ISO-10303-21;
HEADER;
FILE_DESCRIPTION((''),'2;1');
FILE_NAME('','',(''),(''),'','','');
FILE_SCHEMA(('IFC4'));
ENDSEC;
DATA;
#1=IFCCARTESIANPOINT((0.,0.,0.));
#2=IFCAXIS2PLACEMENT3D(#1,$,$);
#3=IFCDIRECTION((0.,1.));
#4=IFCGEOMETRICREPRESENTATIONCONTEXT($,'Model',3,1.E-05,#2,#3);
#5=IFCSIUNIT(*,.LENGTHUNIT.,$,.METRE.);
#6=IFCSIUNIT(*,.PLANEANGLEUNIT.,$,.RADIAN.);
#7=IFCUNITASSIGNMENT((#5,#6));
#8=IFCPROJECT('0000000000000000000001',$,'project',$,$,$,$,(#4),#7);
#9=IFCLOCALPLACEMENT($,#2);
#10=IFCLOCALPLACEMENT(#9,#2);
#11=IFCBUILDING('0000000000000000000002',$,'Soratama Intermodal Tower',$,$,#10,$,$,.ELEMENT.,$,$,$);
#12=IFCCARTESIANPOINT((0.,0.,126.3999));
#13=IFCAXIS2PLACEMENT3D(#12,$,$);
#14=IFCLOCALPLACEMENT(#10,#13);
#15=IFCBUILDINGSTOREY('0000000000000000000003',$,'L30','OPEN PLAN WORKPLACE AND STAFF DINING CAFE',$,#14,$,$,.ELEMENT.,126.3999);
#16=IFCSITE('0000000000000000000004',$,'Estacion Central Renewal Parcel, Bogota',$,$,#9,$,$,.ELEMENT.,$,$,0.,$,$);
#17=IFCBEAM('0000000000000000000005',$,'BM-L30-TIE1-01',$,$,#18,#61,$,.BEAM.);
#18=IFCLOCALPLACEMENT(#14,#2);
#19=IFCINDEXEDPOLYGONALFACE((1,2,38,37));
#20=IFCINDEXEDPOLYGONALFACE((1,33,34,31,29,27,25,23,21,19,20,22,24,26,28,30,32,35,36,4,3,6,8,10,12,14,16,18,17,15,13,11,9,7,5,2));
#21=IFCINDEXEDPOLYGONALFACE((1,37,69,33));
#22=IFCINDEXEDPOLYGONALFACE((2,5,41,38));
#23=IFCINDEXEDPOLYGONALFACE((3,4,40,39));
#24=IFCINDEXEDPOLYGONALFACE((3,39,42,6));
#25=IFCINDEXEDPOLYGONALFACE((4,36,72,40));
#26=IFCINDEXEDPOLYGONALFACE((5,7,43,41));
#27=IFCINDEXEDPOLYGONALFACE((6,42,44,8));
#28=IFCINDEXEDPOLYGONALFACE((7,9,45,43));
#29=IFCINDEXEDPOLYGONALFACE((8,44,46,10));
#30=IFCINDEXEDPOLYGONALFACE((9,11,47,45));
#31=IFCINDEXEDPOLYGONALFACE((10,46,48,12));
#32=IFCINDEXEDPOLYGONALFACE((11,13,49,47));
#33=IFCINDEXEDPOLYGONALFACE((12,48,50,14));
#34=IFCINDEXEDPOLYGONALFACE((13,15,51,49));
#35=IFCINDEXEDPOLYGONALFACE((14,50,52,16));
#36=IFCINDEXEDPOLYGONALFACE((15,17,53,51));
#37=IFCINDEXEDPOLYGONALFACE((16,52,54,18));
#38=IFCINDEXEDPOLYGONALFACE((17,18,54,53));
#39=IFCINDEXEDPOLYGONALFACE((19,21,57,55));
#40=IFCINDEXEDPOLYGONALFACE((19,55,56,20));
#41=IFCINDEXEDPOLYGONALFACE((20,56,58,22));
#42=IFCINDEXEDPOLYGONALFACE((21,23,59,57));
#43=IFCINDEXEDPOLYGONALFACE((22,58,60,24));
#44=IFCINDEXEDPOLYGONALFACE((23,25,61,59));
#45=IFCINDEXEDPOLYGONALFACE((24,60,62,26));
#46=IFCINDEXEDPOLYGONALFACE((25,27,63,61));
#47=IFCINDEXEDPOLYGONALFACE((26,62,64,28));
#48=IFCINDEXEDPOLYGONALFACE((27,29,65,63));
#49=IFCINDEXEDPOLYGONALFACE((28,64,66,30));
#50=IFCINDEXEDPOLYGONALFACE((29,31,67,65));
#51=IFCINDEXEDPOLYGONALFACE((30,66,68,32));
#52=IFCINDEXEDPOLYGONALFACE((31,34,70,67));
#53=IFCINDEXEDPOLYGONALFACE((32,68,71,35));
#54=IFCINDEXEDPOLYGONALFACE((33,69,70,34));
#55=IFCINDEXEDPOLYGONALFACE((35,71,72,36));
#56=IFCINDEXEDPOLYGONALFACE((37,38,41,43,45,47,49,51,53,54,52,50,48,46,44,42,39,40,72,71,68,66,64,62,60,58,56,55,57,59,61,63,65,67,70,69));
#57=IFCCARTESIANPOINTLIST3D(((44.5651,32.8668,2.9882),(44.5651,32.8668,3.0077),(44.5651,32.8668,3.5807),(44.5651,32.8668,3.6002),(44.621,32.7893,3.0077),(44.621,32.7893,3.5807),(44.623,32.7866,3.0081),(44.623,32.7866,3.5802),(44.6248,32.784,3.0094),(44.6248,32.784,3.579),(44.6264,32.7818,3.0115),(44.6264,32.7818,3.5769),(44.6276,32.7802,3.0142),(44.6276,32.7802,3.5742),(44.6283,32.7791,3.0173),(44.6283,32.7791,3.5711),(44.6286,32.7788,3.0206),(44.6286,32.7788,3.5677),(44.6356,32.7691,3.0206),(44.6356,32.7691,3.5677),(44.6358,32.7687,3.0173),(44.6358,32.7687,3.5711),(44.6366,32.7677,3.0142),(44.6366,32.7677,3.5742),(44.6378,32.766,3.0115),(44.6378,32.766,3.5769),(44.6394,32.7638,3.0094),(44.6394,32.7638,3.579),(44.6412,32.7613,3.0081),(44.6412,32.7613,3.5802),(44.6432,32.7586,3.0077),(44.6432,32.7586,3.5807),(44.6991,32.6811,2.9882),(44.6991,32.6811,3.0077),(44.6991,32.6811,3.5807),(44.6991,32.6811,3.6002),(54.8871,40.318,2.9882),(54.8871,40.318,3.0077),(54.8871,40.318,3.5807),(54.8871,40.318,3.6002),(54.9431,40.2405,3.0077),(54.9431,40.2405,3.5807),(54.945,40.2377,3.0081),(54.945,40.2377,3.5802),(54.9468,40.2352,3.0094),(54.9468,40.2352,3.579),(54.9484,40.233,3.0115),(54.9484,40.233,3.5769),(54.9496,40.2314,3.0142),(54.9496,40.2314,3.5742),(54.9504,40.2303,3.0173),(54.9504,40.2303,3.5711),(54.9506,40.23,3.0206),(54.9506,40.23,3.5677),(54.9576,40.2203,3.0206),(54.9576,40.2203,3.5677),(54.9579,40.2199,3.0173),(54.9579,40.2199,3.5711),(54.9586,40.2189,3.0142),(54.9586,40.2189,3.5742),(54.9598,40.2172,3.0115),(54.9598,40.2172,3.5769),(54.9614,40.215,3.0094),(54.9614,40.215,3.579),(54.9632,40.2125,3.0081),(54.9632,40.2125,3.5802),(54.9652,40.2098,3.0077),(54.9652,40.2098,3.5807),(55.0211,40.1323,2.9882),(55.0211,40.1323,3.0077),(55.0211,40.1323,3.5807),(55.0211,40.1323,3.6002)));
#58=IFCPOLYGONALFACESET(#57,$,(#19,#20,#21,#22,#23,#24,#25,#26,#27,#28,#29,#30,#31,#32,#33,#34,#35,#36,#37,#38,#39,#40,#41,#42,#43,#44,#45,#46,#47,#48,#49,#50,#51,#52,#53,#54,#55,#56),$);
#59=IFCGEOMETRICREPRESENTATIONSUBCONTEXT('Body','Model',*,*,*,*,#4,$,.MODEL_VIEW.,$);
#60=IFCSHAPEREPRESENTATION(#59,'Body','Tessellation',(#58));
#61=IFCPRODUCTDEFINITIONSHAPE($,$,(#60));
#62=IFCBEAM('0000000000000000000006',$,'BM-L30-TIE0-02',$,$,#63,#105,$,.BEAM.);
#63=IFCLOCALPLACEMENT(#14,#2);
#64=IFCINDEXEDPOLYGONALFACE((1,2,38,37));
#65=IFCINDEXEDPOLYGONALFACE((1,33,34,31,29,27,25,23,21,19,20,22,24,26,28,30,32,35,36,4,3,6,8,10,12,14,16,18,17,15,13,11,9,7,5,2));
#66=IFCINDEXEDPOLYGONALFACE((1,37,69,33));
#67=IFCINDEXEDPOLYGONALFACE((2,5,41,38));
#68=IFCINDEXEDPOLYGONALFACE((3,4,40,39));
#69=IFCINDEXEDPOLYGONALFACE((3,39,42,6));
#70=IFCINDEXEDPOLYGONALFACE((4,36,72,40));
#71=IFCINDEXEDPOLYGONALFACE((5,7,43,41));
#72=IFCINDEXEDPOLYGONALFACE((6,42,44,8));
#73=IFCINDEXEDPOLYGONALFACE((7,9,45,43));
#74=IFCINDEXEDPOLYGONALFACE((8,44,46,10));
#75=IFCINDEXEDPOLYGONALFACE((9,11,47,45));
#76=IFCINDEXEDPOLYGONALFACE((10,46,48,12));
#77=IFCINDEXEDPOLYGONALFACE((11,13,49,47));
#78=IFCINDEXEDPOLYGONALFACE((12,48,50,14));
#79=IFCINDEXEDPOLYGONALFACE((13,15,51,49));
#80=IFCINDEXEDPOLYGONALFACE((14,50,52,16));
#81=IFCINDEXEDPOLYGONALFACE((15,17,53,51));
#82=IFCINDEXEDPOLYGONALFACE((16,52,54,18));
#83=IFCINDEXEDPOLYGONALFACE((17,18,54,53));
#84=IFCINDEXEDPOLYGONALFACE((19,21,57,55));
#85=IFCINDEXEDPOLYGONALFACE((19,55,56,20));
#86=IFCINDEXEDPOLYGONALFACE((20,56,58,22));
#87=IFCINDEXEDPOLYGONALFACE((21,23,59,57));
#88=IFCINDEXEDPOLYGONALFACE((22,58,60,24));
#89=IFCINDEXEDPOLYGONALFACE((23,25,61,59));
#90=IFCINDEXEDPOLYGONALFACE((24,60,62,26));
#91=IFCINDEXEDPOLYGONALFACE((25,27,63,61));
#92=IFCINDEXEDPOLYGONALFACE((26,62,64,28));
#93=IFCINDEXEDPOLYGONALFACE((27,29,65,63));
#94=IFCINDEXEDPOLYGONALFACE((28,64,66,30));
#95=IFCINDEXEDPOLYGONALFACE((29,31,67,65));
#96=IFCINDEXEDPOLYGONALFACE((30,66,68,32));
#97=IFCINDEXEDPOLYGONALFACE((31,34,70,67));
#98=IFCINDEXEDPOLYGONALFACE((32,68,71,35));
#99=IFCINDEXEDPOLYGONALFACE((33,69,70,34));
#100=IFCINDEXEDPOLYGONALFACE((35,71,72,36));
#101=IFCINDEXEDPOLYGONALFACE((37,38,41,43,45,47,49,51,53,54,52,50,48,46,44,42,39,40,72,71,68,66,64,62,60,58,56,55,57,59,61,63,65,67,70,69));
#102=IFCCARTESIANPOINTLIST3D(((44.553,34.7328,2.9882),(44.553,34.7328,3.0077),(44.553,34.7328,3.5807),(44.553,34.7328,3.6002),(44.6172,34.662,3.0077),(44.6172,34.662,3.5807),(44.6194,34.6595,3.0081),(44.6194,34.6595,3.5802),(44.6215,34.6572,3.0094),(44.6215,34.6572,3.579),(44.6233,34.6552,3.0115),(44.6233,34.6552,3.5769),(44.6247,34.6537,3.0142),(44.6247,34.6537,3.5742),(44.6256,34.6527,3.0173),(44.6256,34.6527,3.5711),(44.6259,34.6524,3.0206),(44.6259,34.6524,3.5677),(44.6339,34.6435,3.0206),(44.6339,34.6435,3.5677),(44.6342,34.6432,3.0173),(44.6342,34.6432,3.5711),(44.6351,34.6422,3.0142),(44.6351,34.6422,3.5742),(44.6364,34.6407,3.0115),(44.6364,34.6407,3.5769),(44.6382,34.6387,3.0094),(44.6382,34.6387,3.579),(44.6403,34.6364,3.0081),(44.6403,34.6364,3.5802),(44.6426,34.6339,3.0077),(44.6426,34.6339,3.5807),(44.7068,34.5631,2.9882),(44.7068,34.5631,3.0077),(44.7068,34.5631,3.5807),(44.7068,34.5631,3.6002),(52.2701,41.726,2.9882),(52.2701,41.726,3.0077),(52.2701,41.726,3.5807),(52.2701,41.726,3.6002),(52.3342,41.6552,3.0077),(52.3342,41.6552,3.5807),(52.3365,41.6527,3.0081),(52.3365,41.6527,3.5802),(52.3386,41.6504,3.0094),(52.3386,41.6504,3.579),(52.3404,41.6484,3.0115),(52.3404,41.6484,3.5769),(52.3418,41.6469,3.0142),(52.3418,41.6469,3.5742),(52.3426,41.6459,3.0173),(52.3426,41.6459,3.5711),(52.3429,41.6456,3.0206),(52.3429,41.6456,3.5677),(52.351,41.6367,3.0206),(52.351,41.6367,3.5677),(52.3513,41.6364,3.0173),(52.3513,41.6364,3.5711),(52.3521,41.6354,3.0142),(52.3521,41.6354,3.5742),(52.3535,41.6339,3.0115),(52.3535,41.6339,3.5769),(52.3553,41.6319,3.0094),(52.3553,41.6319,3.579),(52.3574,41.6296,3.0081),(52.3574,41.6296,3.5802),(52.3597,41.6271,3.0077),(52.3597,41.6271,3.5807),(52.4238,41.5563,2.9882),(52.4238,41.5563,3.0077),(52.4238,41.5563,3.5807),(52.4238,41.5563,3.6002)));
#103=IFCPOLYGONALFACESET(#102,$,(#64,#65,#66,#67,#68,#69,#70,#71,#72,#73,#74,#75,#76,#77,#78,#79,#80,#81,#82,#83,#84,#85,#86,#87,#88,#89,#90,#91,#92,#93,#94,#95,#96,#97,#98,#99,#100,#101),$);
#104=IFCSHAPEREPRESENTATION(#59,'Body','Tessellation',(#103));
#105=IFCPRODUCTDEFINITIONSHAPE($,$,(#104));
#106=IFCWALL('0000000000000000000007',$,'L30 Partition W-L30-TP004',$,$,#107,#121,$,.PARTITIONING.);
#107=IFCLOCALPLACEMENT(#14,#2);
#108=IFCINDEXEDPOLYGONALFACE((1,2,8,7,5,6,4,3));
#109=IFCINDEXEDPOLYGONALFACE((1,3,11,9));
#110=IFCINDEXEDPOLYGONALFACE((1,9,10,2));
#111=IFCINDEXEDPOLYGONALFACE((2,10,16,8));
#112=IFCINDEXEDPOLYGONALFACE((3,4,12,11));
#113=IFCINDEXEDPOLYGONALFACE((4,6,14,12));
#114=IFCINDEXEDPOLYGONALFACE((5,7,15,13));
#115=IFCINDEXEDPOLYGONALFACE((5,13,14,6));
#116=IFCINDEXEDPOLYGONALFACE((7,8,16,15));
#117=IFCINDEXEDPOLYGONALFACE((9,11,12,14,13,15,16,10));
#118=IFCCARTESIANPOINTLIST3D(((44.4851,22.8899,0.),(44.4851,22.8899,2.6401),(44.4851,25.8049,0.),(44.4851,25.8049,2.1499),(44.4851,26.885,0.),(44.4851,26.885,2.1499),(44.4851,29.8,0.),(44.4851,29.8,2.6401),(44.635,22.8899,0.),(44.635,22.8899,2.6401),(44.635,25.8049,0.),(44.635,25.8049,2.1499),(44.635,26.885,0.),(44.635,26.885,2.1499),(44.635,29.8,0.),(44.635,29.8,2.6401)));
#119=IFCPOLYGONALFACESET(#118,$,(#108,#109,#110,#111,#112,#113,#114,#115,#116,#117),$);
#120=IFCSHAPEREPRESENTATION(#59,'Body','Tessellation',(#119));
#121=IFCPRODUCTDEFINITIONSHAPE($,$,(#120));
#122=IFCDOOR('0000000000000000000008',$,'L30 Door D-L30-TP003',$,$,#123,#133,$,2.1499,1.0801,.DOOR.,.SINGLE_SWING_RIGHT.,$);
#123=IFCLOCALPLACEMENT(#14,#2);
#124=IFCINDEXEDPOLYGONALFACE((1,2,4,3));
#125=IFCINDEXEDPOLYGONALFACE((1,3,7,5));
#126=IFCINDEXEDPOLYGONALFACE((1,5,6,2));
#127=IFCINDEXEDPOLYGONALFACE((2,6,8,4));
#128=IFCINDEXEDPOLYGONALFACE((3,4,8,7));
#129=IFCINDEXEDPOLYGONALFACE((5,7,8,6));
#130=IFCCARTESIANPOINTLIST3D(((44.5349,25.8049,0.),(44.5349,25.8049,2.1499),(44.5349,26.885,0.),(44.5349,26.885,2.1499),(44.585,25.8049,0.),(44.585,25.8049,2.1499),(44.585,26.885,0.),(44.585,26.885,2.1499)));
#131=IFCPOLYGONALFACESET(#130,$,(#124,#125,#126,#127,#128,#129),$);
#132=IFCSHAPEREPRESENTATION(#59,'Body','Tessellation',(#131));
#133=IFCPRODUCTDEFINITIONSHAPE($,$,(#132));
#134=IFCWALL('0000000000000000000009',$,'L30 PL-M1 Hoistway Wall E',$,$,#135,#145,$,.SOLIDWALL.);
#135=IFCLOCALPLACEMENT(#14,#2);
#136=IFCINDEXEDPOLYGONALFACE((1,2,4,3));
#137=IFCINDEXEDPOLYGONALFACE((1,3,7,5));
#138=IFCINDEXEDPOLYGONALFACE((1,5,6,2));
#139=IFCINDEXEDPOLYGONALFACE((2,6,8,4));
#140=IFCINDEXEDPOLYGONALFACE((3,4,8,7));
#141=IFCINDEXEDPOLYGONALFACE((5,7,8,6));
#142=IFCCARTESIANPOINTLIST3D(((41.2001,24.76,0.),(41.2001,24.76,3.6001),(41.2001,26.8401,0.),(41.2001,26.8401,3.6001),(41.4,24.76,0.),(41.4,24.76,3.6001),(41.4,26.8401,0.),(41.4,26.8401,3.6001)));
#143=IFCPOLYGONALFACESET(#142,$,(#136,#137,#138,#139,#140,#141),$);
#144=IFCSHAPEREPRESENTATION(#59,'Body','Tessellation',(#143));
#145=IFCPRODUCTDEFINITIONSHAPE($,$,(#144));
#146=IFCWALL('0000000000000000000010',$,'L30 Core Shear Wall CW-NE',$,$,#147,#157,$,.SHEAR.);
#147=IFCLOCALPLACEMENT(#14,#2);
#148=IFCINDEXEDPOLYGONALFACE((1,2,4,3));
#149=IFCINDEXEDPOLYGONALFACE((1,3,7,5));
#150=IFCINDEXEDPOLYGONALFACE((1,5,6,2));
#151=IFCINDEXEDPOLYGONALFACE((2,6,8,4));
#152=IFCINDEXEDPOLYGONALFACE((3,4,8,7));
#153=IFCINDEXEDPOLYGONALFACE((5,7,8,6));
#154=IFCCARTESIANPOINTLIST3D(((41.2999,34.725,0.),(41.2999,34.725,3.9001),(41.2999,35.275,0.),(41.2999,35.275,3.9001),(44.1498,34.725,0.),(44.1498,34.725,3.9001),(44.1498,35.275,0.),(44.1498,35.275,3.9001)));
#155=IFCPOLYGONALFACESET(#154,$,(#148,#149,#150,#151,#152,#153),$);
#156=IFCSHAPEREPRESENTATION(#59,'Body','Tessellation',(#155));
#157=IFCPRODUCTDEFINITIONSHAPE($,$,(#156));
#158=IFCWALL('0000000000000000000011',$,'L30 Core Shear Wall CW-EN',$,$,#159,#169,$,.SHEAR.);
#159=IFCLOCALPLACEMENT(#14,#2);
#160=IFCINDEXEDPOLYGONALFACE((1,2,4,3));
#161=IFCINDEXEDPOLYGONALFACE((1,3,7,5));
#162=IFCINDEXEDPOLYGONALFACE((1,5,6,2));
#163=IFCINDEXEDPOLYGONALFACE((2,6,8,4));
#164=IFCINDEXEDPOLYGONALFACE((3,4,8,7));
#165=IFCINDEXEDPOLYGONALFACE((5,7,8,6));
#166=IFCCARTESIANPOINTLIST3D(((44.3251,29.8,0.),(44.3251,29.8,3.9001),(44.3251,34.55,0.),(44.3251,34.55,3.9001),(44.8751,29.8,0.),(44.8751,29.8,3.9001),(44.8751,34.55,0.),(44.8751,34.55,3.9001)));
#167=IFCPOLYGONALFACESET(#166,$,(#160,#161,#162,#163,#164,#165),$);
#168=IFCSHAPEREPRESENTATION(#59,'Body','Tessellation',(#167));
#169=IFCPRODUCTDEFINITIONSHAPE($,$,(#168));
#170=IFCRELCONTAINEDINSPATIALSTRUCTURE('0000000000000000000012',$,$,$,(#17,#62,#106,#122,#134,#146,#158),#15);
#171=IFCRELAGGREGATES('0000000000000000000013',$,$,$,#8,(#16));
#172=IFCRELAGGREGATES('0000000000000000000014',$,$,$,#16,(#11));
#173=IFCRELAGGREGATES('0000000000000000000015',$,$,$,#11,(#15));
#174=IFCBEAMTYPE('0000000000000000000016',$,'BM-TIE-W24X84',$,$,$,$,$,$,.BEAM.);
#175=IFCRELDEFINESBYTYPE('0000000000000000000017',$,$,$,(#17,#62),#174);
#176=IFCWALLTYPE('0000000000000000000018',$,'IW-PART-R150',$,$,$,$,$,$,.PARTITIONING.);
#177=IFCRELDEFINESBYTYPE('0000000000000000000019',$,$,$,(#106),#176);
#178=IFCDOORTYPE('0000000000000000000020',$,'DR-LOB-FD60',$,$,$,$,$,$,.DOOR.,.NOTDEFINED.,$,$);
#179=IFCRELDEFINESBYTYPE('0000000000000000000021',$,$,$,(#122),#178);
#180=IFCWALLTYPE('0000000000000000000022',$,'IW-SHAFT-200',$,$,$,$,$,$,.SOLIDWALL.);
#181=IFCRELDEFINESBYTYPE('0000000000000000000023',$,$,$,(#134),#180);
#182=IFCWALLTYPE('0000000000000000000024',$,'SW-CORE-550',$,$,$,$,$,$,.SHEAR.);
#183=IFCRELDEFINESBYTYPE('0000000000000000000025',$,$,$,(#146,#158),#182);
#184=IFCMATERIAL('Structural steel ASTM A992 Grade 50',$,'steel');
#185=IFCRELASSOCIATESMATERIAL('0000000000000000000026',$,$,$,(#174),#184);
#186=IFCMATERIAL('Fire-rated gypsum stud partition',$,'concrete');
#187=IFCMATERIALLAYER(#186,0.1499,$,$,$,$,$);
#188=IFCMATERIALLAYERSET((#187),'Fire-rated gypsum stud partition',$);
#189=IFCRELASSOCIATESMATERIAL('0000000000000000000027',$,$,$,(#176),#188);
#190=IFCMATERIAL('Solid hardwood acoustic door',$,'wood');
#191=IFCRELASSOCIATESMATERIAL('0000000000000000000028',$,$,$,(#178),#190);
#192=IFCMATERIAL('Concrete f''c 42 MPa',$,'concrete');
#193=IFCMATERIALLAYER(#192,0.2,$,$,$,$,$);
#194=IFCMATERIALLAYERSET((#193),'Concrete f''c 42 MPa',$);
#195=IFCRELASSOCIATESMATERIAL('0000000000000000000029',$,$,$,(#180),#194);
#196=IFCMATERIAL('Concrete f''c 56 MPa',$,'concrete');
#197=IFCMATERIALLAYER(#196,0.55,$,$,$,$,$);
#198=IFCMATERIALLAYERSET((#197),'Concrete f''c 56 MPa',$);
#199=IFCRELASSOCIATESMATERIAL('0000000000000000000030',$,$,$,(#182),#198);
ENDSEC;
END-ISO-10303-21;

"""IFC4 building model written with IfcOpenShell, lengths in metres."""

from ifc_helpers import new_model, si_unit, direction, frame, frame_2d, origin, origin_2d, place, context, subcontext, project, spatial, rectangle, i_section, extrude, material, layer, layer_set, material_profile, profile_set, type_object, element, fill, save


model = new_model("IFC4")

# Units and contexts
model_context = context("Model", 3, precision=1e-05, world=origin(), true_north=direction((0.0, 1.0)))
body_context = subcontext(model_context, "Body", "Model", "MODEL_VIEW")
ifc_project = project(units=[si_unit("LENGTHUNIT", "METRE"), si_unit("PLANEANGLEUNIT", "RADIAN")], contexts=[model_context])

# Site, building, storey
site_placement = place(None, origin())
site = spatial("IfcSite", under=ifc_project, at=site_placement, Name="Estacion Central Renewal Parcel, Bogota", CompositionType="ELEMENT", RefElevation=0.0)
building_placement = place(site_placement, origin())
building = spatial("IfcBuilding", under=site, at=building_placement, Name="Soratama Intermodal Tower", CompositionType="ELEMENT")
storey_placement = place(building_placement, frame((0.0, 0.0, 126.3999)))
storey = spatial("IfcBuildingStorey", under=building, at=storey_placement, Name="L30", Description="OPEN PLAN WORKPLACE AND STAFF DINING CAFE", CompositionType="ELEMENT", Elevation=126.3999)

# Beams
ifc_material_1 = material(Name="Structural steel ASTM A992 Grade 50", Category="steel")
ifc_material_profile_1 = material_profile(ifc_material_1, i_section(OverallWidth=0.229, OverallDepth=0.6121, WebThickness=0.012, FlangeThickness=0.0195, FilletRadius=0.0129, at=origin_2d()), Name="W24X84")
ifc_profile_set_1 = profile_set([ifc_material_profile_1], Name="Structural steel ASTM A992 Grade 50")
beam_type_1 = type_object("IfcBeamType", Name="BM-TIE-W24X84", PredefinedType="BEAM", material=ifc_profile_set_1)
beam_1_placement = place(storey_placement, frame((44.6321, 32.7739, 3.2942), z_axis=(0.810814, 0.585304, 0.0), x_axis=(-0.585304, 0.810814, 0.0)))
element("IfcBeam", 1, at=beam_1_placement, inside=storey, type_object=beam_type_1, Name="BM-L30-TIE1-01", PredefinedType="BEAM", context=body_context, shape_type="SweptSolid", body=[
    extrude(i_section(OverallWidth=0.229, OverallDepth=0.6121, WebThickness=0.012, FlangeThickness=0.0195, FilletRadius=0.0129, at=origin_2d()), origin(), (0.0, 0.0, 1.0), 12.7305),
])
beam_2_placement = place(storey_placement, frame((44.6299, 34.6479, 3.2942), z_axis=(0.741006, 0.671498, 0.0), x_axis=(-0.671498, 0.741006, 0.0)))
element("IfcBeam", 2, at=beam_2_placement, inside=storey, type_object=beam_type_1, Name="BM-L30-TIE0-02", PredefinedType="BEAM", context=body_context, shape_type="SweptSolid", body=[
    extrude(i_section(OverallWidth=0.229, OverallDepth=0.6121, WebThickness=0.012, FlangeThickness=0.0195, FilletRadius=0.0129, at=origin_2d()), origin(), (0.0, 0.0, 1.0), 10.4143),
])

# Wall, opening, door
ifc_material_2 = material(Name="Fire-rated gypsum stud partition", Category="concrete")
ifc_layer_1 = layer(ifc_material_2, 0.1499)
ifc_layer_set_1 = layer_set([ifc_layer_1], Name="Fire-rated gypsum stud partition")
wall_type_1 = type_object("IfcWallType", Name="IW-PART-R150", PredefinedType="PARTITIONING", material=ifc_layer_set_1)
wall_1_placement = place(storey_placement, frame((44.5601, 29.8, 0.0), z_axis=(0.0, 0.0, 1.0), x_axis=(0.0, -1.0, 0.0)))
wall_1 = element("IfcWall", 3, at=wall_1_placement, inside=storey, type_object=wall_type_1, Name="L30 Partition W-L30-TP004", PredefinedType="PARTITIONING", context=body_context, shape_type="SweptSolid", body=[
    extrude(rectangle(XDim=6.9102, YDim=0.1499, at=frame_2d((3.4551, 0.0))), origin(), (0.0, 0.0, 1.0), 2.6401),
])
opening_1_placement = place(wall_1_placement, frame((2.915, 0.0, 0.0)))
opening_1 = element("IfcOpeningElement", 4, at=opening_1_placement, cuts=wall_1, PredefinedType="OPENING", context=body_context, shape_type="SweptSolid", body=[
    extrude(rectangle(XDim=1.0801, YDim=2.1499, at=frame_2d((0.54, 1.075))), frame((0.0, 0.085, 0.0), z_axis=(0.0, -1.0, 0.0), x_axis=(1.0, 0.0, 0.0)), (0.0, 0.0, 1.0), 0.1699),
])
ifc_material_3 = material(Name="Solid hardwood acoustic door", Category="wood")
door_type_1 = type_object("IfcDoorType", Name="DR-LOB-FD60", OperationType="NOTDEFINED", PredefinedType="DOOR", material=ifc_material_3)
door_1_placement = place(opening_1_placement, origin())
door_1 = element("IfcDoor", 5, at=door_1_placement, inside=storey, type_object=door_type_1, Name="L30 Door D-L30-TP003", OperationType="SINGLE_SWING_RIGHT", OverallHeight=2.1499, OverallWidth=1.0801, PredefinedType="DOOR", context=body_context, shape_type="SweptSolid", body=[
    extrude(rectangle(XDim=1.0801, YDim=2.1499, at=frame_2d((0.54, 1.075))), frame((0.0, 0.0249, 0.0), z_axis=(0.0, -1.0, 0.0), x_axis=(1.0, 0.0, 0.0)), (0.0, 0.0, 1.0), 0.05),
])
fill(opening_1, door_1)

# Walls
ifc_material_4 = material(Name="Concrete f'c 42 MPa", Category="concrete")
ifc_layer_2 = layer(ifc_material_4, 0.2)
ifc_layer_set_2 = layer_set([ifc_layer_2], Name="Concrete f'c 42 MPa")
wall_type_2 = type_object("IfcWallType", Name="IW-SHAFT-200", PredefinedType="SOLIDWALL", material=ifc_layer_set_2)
wall_2_placement = place(storey_placement, frame((41.3, 24.76, 0.0), z_axis=(0.0, 0.0, 1.0), x_axis=(0.0, 1.0, 0.0)))
element("IfcWall", 6, at=wall_2_placement, inside=storey, type_object=wall_type_2, Name="L30 PL-M1 Hoistway Wall E", PredefinedType="SOLIDWALL", context=body_context, shape_type="SweptSolid", body=[
    extrude(rectangle(XDim=2.0801, YDim=0.2, at=frame_2d((1.04, 0.0))), origin(), (0.0, 0.0, 1.0), 3.6001),
])
ifc_material_5 = material(Name="Concrete f'c 56 MPa", Category="concrete")
ifc_layer_3 = layer(ifc_material_5, 0.55)
ifc_layer_set_3 = layer_set([ifc_layer_3], Name="Concrete f'c 56 MPa")
wall_type_3 = type_object("IfcWallType", Name="SW-CORE-550", PredefinedType="SHEAR", material=ifc_layer_set_3)
wall_3_placement = place(storey_placement, frame((41.3, 35.0, 0.0), z_axis=(0.0, 0.0, 1.0), x_axis=(1.0, 0.0, 0.0)))
element("IfcWall", 7, at=wall_3_placement, inside=storey, type_object=wall_type_3, Name="L30 Core Shear Wall CW-NE", PredefinedType="SHEAR", context=body_context, shape_type="SweptSolid", body=[
    extrude(rectangle(XDim=2.8499, YDim=0.55, at=frame_2d((1.4248, 0.0))), origin(), (0.0, 0.0, 1.0), 3.9001),
])
wall_4_placement = place(storey_placement, frame((44.6001, 29.8, 0.0), z_axis=(0.0, 0.0, 1.0), x_axis=(0.0, 1.0, 0.0)))
element("IfcWall", 8, at=wall_4_placement, inside=storey, type_object=wall_type_3, Name="L30 Core Shear Wall CW-EN", PredefinedType="SHEAR", context=body_context, shape_type="SweptSolid", body=[
    extrude(rectangle(XDim=4.75, YDim=0.55, at=frame_2d((2.375, 0.0))), origin(), (0.0, 0.0, 1.0), 3.9001),
])

save(model, "model.ifc")
